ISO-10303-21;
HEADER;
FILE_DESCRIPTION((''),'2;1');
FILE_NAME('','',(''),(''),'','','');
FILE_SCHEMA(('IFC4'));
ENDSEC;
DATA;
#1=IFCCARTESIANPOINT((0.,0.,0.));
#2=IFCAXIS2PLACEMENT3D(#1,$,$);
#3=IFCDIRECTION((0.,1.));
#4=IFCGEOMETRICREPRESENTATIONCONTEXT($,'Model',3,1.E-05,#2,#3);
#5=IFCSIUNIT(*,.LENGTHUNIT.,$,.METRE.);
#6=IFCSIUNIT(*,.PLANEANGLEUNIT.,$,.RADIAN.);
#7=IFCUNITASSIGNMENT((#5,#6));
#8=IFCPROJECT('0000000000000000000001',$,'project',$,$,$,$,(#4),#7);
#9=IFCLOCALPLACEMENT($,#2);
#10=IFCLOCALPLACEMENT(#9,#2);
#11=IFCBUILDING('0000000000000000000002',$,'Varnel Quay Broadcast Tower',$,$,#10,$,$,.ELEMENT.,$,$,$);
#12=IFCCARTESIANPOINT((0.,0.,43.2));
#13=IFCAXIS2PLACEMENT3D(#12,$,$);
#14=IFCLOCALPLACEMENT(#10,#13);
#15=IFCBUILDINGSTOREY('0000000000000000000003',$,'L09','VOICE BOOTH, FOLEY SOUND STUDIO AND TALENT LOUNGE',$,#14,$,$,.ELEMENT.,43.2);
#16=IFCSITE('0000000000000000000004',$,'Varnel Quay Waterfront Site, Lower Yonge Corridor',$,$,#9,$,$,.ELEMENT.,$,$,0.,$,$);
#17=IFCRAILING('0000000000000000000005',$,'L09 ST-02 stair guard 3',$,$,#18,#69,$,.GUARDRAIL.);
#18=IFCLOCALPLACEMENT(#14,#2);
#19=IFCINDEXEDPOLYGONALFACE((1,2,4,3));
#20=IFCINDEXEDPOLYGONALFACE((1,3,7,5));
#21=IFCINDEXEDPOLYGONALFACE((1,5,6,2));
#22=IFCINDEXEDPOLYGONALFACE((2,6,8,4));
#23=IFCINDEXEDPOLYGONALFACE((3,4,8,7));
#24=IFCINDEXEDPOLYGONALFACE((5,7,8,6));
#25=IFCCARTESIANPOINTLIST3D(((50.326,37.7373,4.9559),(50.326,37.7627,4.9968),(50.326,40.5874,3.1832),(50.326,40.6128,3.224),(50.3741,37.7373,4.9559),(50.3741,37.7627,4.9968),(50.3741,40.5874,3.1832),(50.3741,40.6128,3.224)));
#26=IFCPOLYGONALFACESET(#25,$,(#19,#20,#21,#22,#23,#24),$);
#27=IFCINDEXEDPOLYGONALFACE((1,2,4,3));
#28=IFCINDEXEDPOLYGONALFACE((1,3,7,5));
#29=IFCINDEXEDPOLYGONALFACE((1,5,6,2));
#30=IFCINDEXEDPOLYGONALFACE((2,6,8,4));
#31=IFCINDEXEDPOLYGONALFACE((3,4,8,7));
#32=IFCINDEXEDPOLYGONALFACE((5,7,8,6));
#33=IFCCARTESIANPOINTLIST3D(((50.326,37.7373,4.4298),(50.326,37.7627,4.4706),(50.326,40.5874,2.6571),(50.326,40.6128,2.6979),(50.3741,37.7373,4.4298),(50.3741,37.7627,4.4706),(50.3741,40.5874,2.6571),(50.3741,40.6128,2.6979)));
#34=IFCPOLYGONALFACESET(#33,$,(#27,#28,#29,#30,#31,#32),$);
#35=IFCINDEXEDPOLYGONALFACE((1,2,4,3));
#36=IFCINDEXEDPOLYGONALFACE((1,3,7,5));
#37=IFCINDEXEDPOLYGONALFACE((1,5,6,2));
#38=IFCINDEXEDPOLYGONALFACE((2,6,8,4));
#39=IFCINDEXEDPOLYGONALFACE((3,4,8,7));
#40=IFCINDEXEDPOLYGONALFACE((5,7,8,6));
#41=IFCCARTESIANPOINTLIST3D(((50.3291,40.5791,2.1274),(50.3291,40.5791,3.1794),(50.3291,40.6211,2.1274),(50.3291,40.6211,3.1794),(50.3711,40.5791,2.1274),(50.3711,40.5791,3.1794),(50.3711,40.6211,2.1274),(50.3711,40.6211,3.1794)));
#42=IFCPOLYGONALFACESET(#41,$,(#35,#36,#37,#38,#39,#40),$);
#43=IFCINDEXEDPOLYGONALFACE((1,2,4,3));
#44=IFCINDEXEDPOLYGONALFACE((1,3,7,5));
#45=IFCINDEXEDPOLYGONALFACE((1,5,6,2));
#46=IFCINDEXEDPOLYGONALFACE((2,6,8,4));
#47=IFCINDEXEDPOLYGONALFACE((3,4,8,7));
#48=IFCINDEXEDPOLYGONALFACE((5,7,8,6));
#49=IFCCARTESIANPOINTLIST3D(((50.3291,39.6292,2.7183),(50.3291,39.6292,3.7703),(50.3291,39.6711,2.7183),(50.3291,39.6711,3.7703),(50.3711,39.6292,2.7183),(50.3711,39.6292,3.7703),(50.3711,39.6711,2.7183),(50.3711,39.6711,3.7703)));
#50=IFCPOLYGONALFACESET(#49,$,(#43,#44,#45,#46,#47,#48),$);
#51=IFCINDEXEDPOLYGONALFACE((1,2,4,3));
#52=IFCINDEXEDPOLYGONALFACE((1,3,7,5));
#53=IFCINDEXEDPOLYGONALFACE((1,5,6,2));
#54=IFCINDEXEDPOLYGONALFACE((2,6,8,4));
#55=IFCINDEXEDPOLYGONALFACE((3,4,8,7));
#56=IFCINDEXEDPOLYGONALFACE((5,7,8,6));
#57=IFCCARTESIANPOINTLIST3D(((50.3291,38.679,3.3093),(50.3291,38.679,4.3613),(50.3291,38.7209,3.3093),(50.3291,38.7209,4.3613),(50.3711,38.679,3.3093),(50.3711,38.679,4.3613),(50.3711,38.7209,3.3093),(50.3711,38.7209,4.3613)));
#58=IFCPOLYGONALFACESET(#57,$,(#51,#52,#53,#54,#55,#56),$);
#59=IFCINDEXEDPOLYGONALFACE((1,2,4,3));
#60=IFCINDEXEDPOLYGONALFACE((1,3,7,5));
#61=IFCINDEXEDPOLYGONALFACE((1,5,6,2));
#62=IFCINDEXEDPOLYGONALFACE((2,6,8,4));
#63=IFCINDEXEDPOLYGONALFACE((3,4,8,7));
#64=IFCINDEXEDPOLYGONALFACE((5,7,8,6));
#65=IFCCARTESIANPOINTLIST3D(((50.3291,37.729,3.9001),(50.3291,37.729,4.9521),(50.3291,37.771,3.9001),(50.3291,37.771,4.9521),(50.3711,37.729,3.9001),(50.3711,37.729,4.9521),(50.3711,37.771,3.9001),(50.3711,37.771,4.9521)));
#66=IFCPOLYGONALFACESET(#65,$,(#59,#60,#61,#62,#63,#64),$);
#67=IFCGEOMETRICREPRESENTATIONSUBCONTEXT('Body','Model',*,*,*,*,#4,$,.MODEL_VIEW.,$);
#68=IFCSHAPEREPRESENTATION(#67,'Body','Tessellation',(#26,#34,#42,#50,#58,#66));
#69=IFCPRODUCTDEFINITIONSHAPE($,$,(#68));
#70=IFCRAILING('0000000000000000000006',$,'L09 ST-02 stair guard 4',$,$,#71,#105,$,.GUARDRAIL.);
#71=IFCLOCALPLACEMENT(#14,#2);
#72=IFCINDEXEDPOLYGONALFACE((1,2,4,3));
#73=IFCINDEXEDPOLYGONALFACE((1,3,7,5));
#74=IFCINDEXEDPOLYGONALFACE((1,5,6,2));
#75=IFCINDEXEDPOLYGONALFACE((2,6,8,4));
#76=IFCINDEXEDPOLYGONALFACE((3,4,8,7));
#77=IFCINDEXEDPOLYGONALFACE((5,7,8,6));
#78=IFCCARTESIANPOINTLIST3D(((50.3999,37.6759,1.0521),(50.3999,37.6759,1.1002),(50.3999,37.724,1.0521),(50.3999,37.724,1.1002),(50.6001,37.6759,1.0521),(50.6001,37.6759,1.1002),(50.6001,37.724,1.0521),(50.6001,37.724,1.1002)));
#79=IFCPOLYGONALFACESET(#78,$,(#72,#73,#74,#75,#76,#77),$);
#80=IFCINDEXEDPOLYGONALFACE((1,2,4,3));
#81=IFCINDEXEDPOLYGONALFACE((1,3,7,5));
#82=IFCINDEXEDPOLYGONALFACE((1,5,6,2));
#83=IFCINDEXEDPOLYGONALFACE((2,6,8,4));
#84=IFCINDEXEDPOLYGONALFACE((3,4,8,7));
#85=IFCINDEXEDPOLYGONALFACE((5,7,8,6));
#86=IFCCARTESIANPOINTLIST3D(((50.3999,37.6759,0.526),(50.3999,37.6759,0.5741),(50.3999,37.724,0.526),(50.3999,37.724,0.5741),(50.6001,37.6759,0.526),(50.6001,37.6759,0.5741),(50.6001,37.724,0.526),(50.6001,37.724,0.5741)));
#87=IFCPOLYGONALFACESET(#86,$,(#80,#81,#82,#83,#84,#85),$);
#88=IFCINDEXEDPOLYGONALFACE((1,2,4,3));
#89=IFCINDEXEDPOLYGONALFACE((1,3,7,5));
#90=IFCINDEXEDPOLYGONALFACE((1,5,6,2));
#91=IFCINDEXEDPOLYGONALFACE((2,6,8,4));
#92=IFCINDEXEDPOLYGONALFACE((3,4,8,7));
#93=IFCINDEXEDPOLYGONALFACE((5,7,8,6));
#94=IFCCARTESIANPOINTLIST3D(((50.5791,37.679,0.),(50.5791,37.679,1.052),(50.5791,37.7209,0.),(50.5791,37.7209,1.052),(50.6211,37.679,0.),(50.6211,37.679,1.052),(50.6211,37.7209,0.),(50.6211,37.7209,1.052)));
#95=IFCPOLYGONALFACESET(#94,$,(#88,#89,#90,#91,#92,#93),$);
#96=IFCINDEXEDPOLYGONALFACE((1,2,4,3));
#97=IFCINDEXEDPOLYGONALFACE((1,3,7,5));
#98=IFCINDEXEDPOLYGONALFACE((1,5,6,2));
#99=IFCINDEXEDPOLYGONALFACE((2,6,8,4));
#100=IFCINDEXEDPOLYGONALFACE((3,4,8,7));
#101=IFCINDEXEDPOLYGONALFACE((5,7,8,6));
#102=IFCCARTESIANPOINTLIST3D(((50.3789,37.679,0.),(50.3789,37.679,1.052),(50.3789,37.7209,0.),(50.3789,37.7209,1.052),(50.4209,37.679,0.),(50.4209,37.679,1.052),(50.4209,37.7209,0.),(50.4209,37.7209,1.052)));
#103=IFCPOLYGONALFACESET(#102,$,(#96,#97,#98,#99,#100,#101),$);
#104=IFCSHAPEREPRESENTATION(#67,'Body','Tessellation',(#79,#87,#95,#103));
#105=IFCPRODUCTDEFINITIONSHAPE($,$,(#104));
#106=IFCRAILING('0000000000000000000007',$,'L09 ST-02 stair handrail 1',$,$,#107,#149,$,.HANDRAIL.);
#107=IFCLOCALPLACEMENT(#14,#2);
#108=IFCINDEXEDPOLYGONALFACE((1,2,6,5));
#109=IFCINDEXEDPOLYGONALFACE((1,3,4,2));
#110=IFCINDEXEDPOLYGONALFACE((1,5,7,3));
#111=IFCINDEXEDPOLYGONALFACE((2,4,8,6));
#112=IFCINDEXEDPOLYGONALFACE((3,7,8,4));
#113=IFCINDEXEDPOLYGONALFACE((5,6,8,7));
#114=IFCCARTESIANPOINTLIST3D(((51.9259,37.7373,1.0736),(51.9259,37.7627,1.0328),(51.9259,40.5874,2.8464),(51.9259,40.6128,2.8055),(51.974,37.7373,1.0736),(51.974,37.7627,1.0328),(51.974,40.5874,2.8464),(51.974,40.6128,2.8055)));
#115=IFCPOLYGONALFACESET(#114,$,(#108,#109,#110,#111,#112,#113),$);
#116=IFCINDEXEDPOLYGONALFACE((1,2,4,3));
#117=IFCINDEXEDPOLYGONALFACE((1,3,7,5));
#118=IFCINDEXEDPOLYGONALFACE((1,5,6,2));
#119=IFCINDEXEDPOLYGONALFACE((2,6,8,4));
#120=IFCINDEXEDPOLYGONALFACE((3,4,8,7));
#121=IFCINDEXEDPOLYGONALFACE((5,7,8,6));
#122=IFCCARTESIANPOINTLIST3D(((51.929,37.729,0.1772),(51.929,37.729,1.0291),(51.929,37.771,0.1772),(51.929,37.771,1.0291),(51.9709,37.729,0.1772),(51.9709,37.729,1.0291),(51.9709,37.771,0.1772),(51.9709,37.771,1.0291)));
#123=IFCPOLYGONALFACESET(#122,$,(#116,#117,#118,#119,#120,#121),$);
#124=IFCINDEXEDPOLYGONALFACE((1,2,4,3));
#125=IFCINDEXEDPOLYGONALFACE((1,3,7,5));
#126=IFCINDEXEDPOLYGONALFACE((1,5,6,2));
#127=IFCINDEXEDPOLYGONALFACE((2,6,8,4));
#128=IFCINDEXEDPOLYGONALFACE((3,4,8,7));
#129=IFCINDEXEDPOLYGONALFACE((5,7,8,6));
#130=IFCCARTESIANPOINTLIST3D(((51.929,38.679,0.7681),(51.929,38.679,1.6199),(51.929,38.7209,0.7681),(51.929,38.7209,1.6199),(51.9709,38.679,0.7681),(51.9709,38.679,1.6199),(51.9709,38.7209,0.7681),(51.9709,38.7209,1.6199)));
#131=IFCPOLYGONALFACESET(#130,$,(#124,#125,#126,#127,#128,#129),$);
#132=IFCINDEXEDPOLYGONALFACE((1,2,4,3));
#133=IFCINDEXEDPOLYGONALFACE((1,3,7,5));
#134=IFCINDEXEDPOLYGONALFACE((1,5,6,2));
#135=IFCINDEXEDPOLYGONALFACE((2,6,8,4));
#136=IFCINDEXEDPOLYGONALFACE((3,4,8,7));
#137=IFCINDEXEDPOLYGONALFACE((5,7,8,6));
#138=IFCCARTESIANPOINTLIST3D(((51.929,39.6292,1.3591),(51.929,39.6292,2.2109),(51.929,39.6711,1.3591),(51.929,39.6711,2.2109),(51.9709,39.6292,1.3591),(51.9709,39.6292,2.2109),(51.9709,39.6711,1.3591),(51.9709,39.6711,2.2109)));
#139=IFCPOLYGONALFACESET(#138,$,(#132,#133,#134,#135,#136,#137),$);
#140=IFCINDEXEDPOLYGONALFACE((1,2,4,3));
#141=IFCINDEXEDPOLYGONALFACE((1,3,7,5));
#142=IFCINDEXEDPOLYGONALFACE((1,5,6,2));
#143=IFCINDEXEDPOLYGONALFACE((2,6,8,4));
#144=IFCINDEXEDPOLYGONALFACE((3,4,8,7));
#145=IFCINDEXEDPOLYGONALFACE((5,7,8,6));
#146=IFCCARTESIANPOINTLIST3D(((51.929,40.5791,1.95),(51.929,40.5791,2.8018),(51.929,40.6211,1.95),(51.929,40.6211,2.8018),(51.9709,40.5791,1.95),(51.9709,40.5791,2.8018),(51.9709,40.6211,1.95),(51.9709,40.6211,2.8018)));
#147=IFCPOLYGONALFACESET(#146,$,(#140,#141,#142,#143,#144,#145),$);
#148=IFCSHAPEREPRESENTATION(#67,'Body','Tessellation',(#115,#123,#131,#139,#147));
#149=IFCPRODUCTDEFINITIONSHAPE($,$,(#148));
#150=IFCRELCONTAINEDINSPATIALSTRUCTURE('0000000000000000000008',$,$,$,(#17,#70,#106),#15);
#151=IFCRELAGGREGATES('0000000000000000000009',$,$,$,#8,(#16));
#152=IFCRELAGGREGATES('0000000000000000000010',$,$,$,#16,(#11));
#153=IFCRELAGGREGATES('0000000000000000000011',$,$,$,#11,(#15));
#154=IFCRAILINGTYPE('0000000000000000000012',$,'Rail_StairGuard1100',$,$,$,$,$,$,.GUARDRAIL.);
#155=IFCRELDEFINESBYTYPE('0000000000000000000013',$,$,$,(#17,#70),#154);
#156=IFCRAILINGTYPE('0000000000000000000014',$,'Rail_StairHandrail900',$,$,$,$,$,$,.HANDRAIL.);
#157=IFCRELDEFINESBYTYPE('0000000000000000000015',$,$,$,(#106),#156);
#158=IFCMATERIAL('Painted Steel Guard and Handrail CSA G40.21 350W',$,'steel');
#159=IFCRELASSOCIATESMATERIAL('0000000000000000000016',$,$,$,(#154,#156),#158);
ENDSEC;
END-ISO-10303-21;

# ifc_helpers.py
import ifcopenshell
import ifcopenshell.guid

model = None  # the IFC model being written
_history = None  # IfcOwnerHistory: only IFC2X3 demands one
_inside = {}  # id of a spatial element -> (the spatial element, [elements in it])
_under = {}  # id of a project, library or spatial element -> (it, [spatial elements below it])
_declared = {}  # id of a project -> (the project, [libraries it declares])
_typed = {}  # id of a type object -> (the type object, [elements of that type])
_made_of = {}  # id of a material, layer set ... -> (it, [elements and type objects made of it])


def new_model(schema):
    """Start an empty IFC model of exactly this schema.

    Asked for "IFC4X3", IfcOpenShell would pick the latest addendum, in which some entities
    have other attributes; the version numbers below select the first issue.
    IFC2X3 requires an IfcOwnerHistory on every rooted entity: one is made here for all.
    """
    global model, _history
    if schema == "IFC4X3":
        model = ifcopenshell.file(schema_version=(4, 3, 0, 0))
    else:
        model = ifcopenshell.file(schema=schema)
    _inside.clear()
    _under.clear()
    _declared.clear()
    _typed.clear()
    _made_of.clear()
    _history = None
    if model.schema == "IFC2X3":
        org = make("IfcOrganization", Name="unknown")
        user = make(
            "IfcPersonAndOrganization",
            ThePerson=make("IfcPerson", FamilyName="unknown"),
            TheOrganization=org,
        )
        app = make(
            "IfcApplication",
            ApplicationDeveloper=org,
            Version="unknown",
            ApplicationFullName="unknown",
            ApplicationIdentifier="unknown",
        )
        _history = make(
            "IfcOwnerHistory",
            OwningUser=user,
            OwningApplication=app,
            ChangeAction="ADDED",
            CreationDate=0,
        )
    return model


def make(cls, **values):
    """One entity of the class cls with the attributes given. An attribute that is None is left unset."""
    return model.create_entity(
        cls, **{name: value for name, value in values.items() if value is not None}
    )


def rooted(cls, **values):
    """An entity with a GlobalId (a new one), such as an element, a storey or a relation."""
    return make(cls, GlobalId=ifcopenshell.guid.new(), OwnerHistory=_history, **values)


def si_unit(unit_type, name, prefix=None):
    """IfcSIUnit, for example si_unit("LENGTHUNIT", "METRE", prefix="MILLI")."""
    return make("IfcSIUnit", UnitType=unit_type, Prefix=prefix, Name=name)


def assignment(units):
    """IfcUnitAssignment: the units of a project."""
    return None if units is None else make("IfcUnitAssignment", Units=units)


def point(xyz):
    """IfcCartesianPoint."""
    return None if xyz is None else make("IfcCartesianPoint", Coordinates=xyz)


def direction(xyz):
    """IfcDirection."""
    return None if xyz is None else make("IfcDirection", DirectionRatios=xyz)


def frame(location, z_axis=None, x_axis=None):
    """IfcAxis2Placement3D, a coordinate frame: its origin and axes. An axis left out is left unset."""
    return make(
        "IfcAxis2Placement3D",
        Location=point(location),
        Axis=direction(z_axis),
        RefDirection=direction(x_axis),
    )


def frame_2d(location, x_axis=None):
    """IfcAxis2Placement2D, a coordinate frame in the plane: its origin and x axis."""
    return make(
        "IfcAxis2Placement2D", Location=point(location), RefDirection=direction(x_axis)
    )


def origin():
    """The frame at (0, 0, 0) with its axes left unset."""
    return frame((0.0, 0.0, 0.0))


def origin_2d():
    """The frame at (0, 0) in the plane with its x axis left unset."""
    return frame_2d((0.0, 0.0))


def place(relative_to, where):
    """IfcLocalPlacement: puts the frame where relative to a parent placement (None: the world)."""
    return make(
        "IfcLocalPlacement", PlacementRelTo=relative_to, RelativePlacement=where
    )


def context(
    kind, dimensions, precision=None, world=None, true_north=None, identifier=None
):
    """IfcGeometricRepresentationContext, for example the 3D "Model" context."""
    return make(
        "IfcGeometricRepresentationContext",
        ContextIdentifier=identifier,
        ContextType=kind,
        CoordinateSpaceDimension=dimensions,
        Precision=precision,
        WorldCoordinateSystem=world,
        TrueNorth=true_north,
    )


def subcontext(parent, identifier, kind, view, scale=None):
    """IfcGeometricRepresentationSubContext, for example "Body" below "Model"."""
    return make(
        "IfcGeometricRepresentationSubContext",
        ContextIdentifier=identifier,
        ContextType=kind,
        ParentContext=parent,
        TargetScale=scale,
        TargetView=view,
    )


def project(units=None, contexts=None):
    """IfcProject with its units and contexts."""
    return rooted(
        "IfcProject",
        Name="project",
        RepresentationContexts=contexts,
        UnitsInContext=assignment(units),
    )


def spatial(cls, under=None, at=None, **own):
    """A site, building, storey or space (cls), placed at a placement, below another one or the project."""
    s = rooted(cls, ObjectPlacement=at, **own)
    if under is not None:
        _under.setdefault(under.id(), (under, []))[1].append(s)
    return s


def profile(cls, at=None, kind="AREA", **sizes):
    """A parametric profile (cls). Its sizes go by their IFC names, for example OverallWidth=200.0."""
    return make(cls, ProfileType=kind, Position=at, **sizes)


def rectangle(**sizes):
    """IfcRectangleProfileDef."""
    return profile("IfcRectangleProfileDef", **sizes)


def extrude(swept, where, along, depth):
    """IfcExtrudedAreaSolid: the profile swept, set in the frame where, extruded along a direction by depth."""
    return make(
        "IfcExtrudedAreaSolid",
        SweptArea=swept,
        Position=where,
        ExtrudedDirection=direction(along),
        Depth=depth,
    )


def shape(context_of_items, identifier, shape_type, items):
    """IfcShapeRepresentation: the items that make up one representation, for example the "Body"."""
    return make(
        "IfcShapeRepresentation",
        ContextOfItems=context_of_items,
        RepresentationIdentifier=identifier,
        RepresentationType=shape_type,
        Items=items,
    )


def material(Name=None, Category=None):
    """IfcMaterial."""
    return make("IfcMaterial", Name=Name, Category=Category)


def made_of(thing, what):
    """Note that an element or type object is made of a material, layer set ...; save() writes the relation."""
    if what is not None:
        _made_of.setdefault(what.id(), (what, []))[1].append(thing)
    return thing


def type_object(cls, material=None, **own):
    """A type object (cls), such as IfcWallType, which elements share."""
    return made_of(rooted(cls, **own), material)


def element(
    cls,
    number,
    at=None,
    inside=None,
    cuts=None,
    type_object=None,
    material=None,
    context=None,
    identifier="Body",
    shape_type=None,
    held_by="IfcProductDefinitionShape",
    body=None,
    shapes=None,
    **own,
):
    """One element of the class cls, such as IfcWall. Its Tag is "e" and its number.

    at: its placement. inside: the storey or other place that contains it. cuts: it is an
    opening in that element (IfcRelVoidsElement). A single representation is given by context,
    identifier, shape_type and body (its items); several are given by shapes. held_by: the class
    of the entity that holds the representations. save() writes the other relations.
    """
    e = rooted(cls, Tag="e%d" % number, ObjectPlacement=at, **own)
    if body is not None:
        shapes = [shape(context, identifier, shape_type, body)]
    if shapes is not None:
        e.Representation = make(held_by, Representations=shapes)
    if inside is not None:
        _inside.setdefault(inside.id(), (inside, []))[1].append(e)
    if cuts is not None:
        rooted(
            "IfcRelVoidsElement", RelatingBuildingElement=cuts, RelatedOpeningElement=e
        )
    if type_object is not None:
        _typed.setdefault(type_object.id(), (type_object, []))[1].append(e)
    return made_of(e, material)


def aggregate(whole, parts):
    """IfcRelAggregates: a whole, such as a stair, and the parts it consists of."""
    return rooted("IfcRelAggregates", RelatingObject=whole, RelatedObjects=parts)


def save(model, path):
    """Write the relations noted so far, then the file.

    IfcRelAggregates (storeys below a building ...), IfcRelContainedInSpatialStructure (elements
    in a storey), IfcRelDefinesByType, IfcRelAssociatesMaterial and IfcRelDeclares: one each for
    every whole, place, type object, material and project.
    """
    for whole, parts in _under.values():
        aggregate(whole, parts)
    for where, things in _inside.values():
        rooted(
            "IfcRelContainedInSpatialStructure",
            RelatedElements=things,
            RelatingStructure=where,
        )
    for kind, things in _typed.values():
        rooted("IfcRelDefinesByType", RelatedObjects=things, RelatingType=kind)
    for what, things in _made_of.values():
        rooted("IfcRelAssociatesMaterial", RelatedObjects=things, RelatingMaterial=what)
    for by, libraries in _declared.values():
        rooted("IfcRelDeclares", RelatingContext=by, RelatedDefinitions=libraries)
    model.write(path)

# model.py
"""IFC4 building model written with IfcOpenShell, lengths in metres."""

from ifc_helpers import new_model, si_unit, direction, frame, origin, origin_2d, place, context, subcontext, project, spatial, rectangle, extrude, material, type_object, element, save


model = new_model("IFC4")

# Units and contexts
model_context = context("Model", 3, precision=1e-05, world=origin(), true_north=direction((0.0, 1.0)))
body_context = subcontext(model_context, "Body", "Model", "MODEL_VIEW")
ifc_project = project(units=[si_unit("LENGTHUNIT", "METRE"), si_unit("PLANEANGLEUNIT", "RADIAN")], contexts=[model_context])

# Site, building, storey
site_placement = place(None, origin())
site = spatial("IfcSite", under=ifc_project, at=site_placement, Name="Varnel Quay Waterfront Site, Lower Yonge Corridor", CompositionType="ELEMENT", RefElevation=0.0)
building_placement = place(site_placement, origin())
building = spatial("IfcBuilding", under=site, at=building_placement, Name="Varnel Quay Broadcast Tower", CompositionType="ELEMENT")
storey_placement = place(building_placement, frame((0.0, 0.0, 43.2)))
storey = spatial("IfcBuildingStorey", under=building, at=storey_placement, Name="L09", Description="VOICE BOOTH, FOLEY SOUND STUDIO AND TALENT LOUNGE", CompositionType="ELEMENT", Elevation=43.2)

# Railings
ifc_material_1 = material(Name="Painted Steel Guard and Handrail CSA G40.21 350W", Category="steel")
railing_type_1 = type_object("IfcRailingType", Name="Rail_StairGuard1100", PredefinedType="GUARDRAIL", material=ifc_material_1)
railing_1_placement = place(storey_placement, frame((50.3501, 40.6001, 2.1274)))
element("IfcRailing", 1, at=railing_1_placement, inside=storey, type_object=railing_type_1, Name="L09 ST-02 stair guard 3", PredefinedType="GUARDRAIL", context=body_context, shape_type="SweptSolid", body=[
    extrude(rectangle(XDim=0.0481, YDim=0.0481, at=origin_2d()), frame((0.0, 0.0, 1.0762), z_axis=(0.0, -0.849149, 0.528154), x_axis=(1.0, 0.0, 0.0)), (0.0, 0.0, 1.0), 3.3564),
    extrude(rectangle(XDim=0.0481, YDim=0.0481, at=origin_2d()), frame((0.0, 0.0, 0.55), z_axis=(0.0, -0.849149, 0.528154), x_axis=(1.0, 0.0, 0.0)), (0.0, 0.0, 1.0), 3.3564),
    extrude(rectangle(XDim=0.042, YDim=0.042, at=origin_2d()), origin(), (0.0, 0.0, 1.0), 1.052),
    extrude(rectangle(XDim=0.042, YDim=0.042, at=origin_2d()), frame((0.0, -0.95, 0.5908)), (0.0, 0.0, 1.0), 1.052),
    extrude(rectangle(XDim=0.042, YDim=0.042, at=origin_2d()), frame((0.0, -1.9001, 1.1819)), (0.0, 0.0, 1.0), 1.052),
    extrude(rectangle(XDim=0.042, YDim=0.042, at=origin_2d()), frame((0.0, -2.8501, 1.7727)), (0.0, 0.0, 1.0), 1.052),
])
railing_2_placement = place(storey_placement, frame((50.6001, 37.7, 0.0)))
element("IfcRailing", 2, at=railing_2_placement, inside=storey, type_object=railing_type_1, Name="L09 ST-02 stair guard 4", PredefinedType="GUARDRAIL", context=body_context, shape_type="SweptSolid", body=[
    extrude(rectangle(XDim=0.0481, YDim=0.0481, at=origin_2d()), frame((0.0, 0.0, 1.0762), z_axis=(-1.0, 0.0, 0.0), x_axis=(0.0, -1.0, 0.0)), (0.0, 0.0, 1.0), 0.2002),
    extrude(rectangle(XDim=0.0481, YDim=0.0481, at=origin_2d()), frame((0.0, 0.0, 0.55), z_axis=(-1.0, 0.0, 0.0), x_axis=(0.0, -1.0, 0.0)), (0.0, 0.0, 1.0), 0.2002),
    extrude(rectangle(XDim=0.042, YDim=0.042, at=origin_2d()), origin(), (0.0, 0.0, 1.0), 1.052),
    extrude(rectangle(XDim=0.042, YDim=0.042, at=origin_2d()), frame((-0.2002, 0.0, 0.0)), (0.0, 0.0, 1.0), 1.052),
])
railing_type_2 = type_object("IfcRailingType", Name="Rail_StairHandrail900", PredefinedType="HANDRAIL", material=ifc_material_1)
railing_3_placement = place(storey_placement, frame((51.95, 37.75, 0.1772)))
element("IfcRailing", 3, at=railing_3_placement, inside=storey, type_object=railing_type_2, Name="L09 ST-02 stair handrail 1", PredefinedType="HANDRAIL", context=body_context, shape_type="SweptSolid", body=[
    extrude(rectangle(XDim=0.0481, YDim=0.0481, at=origin_2d()), frame((0.0, 0.0, 0.876), z_axis=(0.0, 0.849149, 0.528154), x_axis=(-1.0, 0.0, 0.0)), (0.0, 0.0, 1.0), 3.3564),
    extrude(rectangle(XDim=0.042, YDim=0.042, at=origin_2d()), origin(), (0.0, 0.0, 1.0), 0.8518),
    extrude(rectangle(XDim=0.042, YDim=0.042, at=origin_2d()), frame((0.0, 0.95, 0.5908)), (0.0, 0.0, 1.0), 0.8518),
    extrude(rectangle(XDim=0.042, YDim=0.042, at=origin_2d()), frame((0.0, 1.9001, 1.1819)), (0.0, 0.0, 1.0), 0.8518),
    extrude(rectangle(XDim=0.042, YDim=0.042, at=origin_2d()), frame((0.0, 2.8501, 1.7727)), (0.0, 0.0, 1.0), 0.8518),
])

save(model, "model.ifc")
